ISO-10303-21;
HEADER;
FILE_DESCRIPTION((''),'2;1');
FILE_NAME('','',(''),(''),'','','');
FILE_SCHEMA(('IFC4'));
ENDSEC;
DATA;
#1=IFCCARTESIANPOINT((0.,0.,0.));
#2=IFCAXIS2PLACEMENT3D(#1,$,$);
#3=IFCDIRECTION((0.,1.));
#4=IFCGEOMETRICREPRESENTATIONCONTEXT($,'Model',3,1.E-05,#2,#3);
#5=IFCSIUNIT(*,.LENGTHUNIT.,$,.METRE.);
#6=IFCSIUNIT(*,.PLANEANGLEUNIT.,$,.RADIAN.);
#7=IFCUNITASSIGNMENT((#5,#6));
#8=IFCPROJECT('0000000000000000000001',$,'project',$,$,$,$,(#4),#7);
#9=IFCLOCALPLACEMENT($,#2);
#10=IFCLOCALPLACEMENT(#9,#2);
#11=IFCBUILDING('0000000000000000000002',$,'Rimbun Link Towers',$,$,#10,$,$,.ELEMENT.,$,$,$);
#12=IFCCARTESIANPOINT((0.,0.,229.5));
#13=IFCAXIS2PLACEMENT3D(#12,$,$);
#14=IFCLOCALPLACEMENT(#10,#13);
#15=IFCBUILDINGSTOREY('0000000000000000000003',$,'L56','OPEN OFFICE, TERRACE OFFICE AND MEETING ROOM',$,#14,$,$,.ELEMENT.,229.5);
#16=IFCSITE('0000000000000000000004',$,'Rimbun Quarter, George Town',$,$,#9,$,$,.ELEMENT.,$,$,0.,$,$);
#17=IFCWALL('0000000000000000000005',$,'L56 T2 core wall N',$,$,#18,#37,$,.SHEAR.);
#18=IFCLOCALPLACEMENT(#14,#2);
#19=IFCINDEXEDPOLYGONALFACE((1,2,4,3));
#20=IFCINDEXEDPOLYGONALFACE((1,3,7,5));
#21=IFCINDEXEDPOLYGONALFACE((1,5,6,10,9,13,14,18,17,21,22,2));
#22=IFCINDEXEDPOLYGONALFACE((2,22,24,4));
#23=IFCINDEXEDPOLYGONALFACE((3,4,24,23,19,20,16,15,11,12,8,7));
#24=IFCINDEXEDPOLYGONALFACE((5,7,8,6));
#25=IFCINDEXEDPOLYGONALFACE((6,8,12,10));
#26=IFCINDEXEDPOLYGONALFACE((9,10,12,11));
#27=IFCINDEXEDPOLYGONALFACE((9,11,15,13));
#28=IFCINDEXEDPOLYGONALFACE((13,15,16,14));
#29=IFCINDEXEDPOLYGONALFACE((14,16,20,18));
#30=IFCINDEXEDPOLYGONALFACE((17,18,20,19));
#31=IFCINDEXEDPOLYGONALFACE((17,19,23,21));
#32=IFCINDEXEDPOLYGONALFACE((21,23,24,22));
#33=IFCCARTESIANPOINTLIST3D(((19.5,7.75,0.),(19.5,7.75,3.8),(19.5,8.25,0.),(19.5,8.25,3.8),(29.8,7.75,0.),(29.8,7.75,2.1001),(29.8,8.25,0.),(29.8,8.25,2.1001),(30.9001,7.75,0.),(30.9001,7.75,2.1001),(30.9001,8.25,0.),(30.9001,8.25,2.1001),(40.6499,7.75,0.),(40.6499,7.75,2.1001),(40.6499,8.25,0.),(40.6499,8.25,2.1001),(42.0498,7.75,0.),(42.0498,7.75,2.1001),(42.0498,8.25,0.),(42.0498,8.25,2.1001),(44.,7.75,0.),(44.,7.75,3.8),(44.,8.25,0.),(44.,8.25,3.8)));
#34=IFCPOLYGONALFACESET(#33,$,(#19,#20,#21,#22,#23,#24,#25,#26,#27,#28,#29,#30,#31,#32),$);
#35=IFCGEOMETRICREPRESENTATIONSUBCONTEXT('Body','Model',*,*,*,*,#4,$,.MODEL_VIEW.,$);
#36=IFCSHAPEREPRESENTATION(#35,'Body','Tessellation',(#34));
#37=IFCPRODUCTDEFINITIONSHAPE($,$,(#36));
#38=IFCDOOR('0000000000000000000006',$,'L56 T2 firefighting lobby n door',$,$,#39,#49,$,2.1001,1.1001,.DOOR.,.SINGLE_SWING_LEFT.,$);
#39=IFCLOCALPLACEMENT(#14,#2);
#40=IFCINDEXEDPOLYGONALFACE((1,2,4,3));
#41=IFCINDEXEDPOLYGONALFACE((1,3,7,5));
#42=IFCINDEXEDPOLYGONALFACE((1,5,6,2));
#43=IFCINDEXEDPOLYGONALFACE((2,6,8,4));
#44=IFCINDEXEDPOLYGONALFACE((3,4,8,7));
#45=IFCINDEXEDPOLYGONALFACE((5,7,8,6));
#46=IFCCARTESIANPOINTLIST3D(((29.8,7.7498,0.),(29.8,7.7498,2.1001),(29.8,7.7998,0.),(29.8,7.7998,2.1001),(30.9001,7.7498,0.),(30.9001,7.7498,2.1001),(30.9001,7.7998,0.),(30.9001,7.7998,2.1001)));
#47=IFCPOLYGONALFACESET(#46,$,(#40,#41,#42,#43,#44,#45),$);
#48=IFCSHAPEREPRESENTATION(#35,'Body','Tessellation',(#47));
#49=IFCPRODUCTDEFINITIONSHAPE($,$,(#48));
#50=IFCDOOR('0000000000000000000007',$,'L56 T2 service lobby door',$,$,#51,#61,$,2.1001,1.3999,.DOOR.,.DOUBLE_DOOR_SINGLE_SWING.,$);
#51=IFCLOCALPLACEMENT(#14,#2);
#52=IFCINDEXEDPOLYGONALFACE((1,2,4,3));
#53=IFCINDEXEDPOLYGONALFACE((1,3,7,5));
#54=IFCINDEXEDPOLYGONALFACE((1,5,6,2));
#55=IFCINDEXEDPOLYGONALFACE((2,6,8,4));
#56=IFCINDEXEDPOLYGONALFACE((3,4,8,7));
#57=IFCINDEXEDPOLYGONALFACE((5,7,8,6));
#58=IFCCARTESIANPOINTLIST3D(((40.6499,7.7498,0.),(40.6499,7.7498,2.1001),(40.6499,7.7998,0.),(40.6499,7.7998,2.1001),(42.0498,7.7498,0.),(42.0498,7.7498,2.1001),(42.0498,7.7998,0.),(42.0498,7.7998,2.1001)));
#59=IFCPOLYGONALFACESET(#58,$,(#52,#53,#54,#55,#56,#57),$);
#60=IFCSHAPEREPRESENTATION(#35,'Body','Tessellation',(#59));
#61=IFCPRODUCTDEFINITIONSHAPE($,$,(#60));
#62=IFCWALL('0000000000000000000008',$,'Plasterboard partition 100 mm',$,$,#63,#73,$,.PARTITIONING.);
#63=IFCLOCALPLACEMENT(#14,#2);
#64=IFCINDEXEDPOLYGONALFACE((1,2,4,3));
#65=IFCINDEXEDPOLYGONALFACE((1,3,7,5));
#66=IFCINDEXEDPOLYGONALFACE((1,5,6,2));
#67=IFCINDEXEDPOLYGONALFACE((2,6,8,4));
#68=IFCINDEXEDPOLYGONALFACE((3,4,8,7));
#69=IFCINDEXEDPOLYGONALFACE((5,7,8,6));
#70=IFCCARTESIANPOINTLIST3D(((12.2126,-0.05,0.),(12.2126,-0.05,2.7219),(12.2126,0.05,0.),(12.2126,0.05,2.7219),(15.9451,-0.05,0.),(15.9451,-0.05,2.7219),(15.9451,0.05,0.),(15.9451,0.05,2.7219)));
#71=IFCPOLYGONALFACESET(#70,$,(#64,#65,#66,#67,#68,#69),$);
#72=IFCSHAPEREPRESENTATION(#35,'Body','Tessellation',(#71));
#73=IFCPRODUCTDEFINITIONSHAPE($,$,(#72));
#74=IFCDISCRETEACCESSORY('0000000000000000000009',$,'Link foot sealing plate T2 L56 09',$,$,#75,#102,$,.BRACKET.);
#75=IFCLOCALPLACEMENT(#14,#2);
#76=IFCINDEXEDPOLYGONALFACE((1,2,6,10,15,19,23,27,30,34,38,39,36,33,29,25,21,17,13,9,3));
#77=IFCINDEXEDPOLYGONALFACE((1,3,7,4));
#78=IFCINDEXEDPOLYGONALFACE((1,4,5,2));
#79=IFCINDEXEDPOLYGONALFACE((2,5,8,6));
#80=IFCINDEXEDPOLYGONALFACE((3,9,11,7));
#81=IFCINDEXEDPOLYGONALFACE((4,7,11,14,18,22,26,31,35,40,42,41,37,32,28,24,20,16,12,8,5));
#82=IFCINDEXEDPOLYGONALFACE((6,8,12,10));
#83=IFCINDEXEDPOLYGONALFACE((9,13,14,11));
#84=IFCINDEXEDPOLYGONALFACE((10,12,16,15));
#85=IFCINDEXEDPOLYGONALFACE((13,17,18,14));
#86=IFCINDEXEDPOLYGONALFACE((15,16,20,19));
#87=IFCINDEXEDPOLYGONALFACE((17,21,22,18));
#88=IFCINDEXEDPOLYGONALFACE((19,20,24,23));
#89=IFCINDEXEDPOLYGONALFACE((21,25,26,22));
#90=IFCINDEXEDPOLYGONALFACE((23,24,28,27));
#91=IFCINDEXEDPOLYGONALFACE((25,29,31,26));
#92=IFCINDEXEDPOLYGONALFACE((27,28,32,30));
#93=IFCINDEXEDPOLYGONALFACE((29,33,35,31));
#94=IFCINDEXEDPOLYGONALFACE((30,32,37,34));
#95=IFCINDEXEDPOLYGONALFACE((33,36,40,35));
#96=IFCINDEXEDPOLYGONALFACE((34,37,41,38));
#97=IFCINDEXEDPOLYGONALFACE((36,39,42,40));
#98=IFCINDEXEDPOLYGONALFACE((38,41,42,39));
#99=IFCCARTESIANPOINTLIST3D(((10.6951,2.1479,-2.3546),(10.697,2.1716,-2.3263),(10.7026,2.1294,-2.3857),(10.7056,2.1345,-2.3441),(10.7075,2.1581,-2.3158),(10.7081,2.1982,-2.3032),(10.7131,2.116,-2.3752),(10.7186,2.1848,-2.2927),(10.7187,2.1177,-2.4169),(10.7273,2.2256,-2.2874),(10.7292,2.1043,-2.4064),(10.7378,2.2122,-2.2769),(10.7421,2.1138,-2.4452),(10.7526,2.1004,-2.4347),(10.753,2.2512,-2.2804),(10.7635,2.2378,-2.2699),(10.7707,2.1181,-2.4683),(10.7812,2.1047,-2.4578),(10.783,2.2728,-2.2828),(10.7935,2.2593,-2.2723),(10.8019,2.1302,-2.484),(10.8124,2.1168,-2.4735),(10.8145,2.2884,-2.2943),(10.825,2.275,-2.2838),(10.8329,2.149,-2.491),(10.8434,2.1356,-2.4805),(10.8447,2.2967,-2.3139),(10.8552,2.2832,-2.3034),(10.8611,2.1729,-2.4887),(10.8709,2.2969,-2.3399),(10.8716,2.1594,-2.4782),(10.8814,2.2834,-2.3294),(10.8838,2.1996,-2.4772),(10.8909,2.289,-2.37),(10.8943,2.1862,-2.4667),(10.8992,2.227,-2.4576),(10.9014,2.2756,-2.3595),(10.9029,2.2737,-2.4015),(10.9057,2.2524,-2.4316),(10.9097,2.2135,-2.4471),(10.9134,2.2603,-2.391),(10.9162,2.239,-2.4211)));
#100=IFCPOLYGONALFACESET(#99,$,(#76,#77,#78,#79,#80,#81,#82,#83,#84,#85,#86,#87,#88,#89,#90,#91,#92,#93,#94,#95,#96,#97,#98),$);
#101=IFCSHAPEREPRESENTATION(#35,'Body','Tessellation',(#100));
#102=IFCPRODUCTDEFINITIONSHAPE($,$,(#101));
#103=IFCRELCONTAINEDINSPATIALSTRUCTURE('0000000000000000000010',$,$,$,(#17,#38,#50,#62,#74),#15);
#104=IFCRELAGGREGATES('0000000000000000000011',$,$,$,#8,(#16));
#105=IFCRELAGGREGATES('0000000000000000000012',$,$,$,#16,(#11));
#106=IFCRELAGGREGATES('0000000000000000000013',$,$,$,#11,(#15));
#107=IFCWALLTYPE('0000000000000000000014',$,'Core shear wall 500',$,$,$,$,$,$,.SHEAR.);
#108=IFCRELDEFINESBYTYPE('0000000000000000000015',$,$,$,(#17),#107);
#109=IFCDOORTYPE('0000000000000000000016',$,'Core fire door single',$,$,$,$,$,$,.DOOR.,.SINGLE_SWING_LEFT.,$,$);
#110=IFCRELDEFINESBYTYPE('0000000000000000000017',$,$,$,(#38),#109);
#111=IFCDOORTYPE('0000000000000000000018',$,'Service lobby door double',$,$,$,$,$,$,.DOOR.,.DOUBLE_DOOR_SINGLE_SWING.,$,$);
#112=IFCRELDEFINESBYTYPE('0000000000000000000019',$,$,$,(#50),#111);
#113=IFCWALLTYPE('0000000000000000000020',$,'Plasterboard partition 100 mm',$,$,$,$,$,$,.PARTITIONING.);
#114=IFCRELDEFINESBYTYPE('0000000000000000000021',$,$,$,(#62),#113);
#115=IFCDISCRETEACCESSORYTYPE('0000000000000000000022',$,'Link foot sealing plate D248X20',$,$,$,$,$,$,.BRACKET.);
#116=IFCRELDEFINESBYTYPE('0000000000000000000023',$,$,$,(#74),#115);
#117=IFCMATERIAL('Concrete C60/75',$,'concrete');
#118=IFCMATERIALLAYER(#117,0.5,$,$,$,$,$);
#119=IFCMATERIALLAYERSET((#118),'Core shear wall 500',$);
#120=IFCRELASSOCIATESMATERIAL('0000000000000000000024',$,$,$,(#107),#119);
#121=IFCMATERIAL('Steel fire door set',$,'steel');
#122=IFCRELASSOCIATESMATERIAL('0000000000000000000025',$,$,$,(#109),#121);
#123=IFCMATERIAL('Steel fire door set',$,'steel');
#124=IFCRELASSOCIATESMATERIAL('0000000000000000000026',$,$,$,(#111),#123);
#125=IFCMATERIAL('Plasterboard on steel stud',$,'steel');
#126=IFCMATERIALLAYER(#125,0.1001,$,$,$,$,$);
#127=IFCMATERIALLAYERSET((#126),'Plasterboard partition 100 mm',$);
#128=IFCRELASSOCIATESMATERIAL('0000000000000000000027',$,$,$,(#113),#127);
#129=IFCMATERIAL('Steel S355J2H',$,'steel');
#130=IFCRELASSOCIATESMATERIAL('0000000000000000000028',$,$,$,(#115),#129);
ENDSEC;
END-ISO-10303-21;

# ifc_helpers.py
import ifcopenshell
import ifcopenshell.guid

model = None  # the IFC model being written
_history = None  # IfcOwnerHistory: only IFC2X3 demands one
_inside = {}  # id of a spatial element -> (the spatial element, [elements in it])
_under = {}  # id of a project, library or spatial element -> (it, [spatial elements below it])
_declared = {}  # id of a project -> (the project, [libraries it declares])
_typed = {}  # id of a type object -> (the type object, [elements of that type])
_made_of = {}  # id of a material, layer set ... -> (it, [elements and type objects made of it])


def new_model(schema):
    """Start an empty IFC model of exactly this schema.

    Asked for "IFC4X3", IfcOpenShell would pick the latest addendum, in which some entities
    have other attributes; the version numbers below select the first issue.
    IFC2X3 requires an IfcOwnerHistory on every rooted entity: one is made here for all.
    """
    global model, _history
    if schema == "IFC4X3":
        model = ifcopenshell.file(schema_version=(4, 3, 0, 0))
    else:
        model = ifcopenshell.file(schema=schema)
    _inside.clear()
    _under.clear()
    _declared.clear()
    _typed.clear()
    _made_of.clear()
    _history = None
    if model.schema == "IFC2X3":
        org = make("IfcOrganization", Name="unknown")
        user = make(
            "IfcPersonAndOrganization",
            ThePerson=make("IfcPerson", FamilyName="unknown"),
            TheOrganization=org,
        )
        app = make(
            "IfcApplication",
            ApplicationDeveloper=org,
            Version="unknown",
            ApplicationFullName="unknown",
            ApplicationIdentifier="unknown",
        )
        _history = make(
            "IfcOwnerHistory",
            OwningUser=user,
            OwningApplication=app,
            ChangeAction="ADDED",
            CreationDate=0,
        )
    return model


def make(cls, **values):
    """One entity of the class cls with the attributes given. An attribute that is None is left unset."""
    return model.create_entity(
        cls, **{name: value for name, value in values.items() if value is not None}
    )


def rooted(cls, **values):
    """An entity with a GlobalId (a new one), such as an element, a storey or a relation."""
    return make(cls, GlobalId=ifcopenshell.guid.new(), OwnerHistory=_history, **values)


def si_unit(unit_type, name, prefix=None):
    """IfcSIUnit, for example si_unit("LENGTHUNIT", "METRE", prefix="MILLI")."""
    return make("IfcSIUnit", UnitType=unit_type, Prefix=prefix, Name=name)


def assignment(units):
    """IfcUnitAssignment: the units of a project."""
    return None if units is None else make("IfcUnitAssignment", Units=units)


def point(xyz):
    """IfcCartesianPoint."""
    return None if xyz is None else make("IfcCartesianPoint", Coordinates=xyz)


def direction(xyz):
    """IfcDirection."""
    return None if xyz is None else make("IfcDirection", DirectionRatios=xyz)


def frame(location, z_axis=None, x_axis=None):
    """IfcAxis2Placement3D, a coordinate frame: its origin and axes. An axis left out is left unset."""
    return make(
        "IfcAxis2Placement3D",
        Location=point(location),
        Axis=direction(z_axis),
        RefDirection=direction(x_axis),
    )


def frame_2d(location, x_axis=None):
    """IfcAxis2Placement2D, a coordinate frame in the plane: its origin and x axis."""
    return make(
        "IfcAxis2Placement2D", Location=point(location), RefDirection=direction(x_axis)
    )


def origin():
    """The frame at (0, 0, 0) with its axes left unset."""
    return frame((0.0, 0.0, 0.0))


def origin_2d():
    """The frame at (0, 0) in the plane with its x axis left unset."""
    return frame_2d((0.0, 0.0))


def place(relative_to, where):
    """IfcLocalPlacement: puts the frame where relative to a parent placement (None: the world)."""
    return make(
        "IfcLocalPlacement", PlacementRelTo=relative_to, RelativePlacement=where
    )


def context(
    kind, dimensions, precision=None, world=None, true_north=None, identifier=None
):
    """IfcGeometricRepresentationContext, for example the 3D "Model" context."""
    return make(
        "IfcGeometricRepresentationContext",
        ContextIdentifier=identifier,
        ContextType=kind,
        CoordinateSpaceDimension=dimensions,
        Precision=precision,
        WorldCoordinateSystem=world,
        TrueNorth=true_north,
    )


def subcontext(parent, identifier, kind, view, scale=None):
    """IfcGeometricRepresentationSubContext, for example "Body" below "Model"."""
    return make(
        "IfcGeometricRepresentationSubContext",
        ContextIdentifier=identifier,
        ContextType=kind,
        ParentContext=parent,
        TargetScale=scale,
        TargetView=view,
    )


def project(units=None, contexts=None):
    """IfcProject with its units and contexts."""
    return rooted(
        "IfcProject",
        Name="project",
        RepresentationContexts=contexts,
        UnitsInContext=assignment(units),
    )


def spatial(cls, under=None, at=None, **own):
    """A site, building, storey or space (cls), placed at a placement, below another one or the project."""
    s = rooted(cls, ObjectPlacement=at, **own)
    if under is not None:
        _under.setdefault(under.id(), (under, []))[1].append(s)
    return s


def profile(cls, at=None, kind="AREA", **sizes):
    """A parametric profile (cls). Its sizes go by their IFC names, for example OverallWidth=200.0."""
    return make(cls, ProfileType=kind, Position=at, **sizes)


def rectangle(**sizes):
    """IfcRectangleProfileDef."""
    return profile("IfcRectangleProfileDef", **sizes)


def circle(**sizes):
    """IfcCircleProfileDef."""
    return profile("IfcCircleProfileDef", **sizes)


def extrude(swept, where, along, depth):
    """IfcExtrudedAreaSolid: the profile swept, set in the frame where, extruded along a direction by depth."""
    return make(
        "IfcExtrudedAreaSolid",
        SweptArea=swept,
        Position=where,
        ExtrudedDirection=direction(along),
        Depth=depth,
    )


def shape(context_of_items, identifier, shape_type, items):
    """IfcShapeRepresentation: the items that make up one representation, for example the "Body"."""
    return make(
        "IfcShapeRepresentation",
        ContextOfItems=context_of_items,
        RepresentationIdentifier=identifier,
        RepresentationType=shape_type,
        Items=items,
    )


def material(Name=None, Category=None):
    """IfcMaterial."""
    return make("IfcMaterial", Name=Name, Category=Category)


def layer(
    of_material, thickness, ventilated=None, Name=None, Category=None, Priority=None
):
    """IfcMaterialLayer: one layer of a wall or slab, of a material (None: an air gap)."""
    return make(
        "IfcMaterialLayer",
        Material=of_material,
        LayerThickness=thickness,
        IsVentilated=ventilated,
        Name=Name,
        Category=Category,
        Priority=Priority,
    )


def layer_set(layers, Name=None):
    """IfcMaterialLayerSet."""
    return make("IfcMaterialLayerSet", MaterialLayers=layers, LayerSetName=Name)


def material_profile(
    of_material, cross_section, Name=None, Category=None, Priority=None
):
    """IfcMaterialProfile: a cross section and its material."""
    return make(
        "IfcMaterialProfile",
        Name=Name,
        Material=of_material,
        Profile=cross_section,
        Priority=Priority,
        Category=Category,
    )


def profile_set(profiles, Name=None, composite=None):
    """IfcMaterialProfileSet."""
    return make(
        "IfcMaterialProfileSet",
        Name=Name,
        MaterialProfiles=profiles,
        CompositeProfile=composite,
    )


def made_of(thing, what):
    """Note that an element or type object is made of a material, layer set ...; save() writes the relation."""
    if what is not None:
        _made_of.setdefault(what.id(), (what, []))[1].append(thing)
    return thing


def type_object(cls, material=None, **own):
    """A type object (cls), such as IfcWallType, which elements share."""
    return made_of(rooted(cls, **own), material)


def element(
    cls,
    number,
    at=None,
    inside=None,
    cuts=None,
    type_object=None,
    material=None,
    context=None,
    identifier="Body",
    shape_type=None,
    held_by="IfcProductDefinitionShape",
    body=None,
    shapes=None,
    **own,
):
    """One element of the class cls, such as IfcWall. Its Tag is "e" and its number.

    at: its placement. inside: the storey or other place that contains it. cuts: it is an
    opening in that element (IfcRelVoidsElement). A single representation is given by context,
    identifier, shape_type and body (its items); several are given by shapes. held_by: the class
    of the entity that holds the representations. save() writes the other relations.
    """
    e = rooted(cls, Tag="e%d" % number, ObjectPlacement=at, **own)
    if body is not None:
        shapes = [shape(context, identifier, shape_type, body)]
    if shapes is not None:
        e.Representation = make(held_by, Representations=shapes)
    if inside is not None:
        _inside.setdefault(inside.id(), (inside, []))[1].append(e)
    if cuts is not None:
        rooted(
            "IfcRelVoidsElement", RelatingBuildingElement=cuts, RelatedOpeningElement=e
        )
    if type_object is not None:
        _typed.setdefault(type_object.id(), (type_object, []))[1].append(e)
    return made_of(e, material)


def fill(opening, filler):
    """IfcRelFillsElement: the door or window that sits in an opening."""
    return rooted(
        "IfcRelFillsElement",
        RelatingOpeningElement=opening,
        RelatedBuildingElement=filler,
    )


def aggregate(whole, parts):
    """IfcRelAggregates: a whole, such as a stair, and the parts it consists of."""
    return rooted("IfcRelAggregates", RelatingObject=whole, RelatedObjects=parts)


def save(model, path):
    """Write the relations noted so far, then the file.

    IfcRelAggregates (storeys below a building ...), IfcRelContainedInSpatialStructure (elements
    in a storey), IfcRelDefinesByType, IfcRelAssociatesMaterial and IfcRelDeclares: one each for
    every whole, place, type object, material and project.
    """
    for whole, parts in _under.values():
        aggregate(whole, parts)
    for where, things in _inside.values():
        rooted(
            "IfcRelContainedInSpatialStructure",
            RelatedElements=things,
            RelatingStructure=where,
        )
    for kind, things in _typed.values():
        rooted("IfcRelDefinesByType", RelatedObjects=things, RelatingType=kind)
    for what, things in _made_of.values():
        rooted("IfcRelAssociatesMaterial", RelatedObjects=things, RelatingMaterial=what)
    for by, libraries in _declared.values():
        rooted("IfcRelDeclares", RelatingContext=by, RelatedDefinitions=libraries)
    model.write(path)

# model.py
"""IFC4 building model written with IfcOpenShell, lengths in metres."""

from ifc_helpers import new_model, si_unit, direction, frame, frame_2d, origin, origin_2d, place, context, subcontext, project, spatial, rectangle, circle, extrude, material, layer, layer_set, material_profile, profile_set, type_object, element, fill, save


model = new_model("IFC4")

# Units and contexts
model_context = context("Model", 3, precision=1e-05, world=origin(), true_north=direction((0.0, 1.0)))
body_context = subcontext(model_context, "Body", "Model", "MODEL_VIEW")
ifc_project = project(units=[si_unit("LENGTHUNIT", "METRE"), si_unit("PLANEANGLEUNIT", "RADIAN")], contexts=[model_context])

# Site, building, storey
site_placement = place(None, origin())
site = spatial("IfcSite", under=ifc_project, at=site_placement, Name="Rimbun Quarter, George Town", CompositionType="ELEMENT", RefElevation=0.0)
building_placement = place(site_placement, origin())
building = spatial("IfcBuilding", under=site, at=building_placement, Name="Rimbun Link Towers", CompositionType="ELEMENT")
storey_placement = place(building_placement, frame((0.0, 0.0, 229.5)))
storey = spatial("IfcBuildingStorey", under=building, at=storey_placement, Name="L56", Description="OPEN OFFICE, TERRACE OFFICE AND MEETING ROOM", CompositionType="ELEMENT", Elevation=229.5)

# Wall, openings, doors
ifc_material_1 = material(Name="Concrete C60/75", Category="concrete")
ifc_layer_1 = layer(ifc_material_1, 0.5)
ifc_layer_set_1 = layer_set([ifc_layer_1], Name="Core shear wall 500")
wall_type_1 = type_object("IfcWallType", Name="Core shear wall 500", PredefinedType="SHEAR", material=ifc_layer_set_1)
wall_1_placement = place(storey_placement, frame((19.5, 8.0, 0.0), z_axis=(0.0, 0.0, 1.0), x_axis=(1.0, 0.0, 0.0)))
wall_1 = element("IfcWall", 1, at=wall_1_placement, inside=storey, type_object=wall_type_1, Name="L56 T2 core wall N", PredefinedType="SHEAR", context=body_context, shape_type="SweptSolid", body=[
    extrude(rectangle(XDim=24.5, YDim=0.5, at=frame_2d((12.25, 0.0))), origin(), (0.0, 0.0, 1.0), 3.8),
])
opening_1_placement = place(wall_1_placement, frame((10.3, 0.0, 0.0)))
opening_1 = element("IfcOpeningElement", 2, at=opening_1_placement, cuts=wall_1, PredefinedType="OPENING", context=body_context, shape_type="SweptSolid", body=[
    extrude(rectangle(XDim=1.1001, YDim=2.1001, at=frame_2d((0.55, 1.05))), frame((0.0, 0.26, 0.0), z_axis=(0.0, -1.0, 0.0), x_axis=(1.0, 0.0, 0.0)), (0.0, 0.0, 1.0), 0.52),
])
opening_2_placement = place(wall_1_placement, frame((21.1499, 0.0, 0.0)))
opening_2 = element("IfcOpeningElement", 3, at=opening_2_placement, cuts=wall_1, PredefinedType="OPENING", context=body_context, shape_type="SweptSolid", body=[
    extrude(rectangle(XDim=1.3999, YDim=2.1001, at=frame_2d((0.7, 1.05))), frame((0.0, 0.26, 0.0), z_axis=(0.0, -1.0, 0.0), x_axis=(1.0, 0.0, 0.0)), (0.0, 0.0, 1.0), 0.52),
])
ifc_material_2 = material(Name="Steel fire door set", Category="steel")
door_type_1 = type_object("IfcDoorType", Name="Core fire door single", OperationType="SINGLE_SWING_LEFT", PredefinedType="DOOR", material=ifc_material_2)
door_1_placement = place(opening_1_placement, origin())
door_1 = element("IfcDoor", 4, at=door_1_placement, inside=storey, type_object=door_type_1, Name="L56 T2 firefighting lobby n door", OperationType="SINGLE_SWING_LEFT", OverallHeight=2.1001, OverallWidth=1.1001, PredefinedType="DOOR", context=body_context, shape_type="SweptSolid", body=[
    extrude(rectangle(XDim=1.1001, YDim=2.1001, at=frame_2d((0.55, 1.05))), frame((0.0, -0.2002, 0.0), z_axis=(0.0, -1.0, 0.0), x_axis=(1.0, 0.0, 0.0)), (0.0, 0.0, 1.0), 0.05),
])
fill(opening_1, door_1)
ifc_material_3 = material(Name="Steel fire door set", Category="steel")
door_type_2 = type_object("IfcDoorType", Name="Service lobby door double", OperationType="DOUBLE_DOOR_SINGLE_SWING", PredefinedType="DOOR", material=ifc_material_3)
door_2_placement = place(opening_2_placement, origin())
door_2 = element("IfcDoor", 5, at=door_2_placement, inside=storey, type_object=door_type_2, Name="L56 T2 service lobby door", OperationType="DOUBLE_DOOR_SINGLE_SWING", OverallHeight=2.1001, OverallWidth=1.3999, PredefinedType="DOOR", context=body_context, shape_type="SweptSolid", body=[
    extrude(rectangle(XDim=1.3999, YDim=2.1001, at=frame_2d((0.7, 1.05))), frame((0.0, -0.2002, 0.0), z_axis=(0.0, -1.0, 0.0), x_axis=(1.0, 0.0, 0.0)), (0.0, 0.0, 1.0), 0.05),
])
fill(opening_2, door_2)

# Wall
ifc_material_4 = material(Name="Plasterboard on steel stud", Category="steel")
ifc_layer_2 = layer(ifc_material_4, 0.1001)
ifc_layer_set_2 = layer_set([ifc_layer_2], Name="Plasterboard partition 100 mm")
wall_type_2 = type_object("IfcWallType", Name="Plasterboard partition 100 mm", PredefinedType="PARTITIONING", material=ifc_layer_set_2)
wall_2_placement = place(storey_placement, frame((12.2126, 0.0, 0.0), z_axis=(0.0, 0.0, 1.0), x_axis=(1.0, 0.0, 0.0)))
element("IfcWall", 6, at=wall_2_placement, inside=storey, type_object=wall_type_2, Name="Plasterboard partition 100 mm", PredefinedType="PARTITIONING", context=body_context, shape_type="SweptSolid", body=[
    extrude(rectangle(XDim=3.7324, YDim=0.1001, at=frame_2d((1.8662, 0.0))), origin(), (0.0, 0.0, 1.0), 2.7219),
])

# Discrete accessory
ifc_material_5 = material(Name="Steel S355J2H", Category="steel")
ifc_material_profile_1 = material_profile(ifc_material_5, circle(Radius=0.124, at=origin_2d()), Name="PL D248")
ifc_profile_set_1 = profile_set([ifc_material_profile_1], Name="Steel S355J2H")
discrete_accessory_type = type_object("IfcDiscreteAccessoryType", Name="Link foot sealing plate D248X20", PredefinedType="BRACKET", material=ifc_profile_set_1)
discrete_accessory_placement = place(storey_placement, frame((10.8108, 2.1924, -2.3752), z_axis=(-0.524429, 0.670782, -0.524429), x_axis=(-0.787807, -0.615922, 0.0)))
element("IfcDiscreteAccessory", 7, at=discrete_accessory_placement, inside=storey, type_object=discrete_accessory_type, Name="Link foot sealing plate T2 L56 09", PredefinedType="BRACKET", context=body_context, shape_type="SweptSolid", body=[
    extrude(circle(Radius=0.124, at=origin_2d()), origin(), (0.0, 0.0, 1.0), 0.02),
])

save(model, "model.ifc")
